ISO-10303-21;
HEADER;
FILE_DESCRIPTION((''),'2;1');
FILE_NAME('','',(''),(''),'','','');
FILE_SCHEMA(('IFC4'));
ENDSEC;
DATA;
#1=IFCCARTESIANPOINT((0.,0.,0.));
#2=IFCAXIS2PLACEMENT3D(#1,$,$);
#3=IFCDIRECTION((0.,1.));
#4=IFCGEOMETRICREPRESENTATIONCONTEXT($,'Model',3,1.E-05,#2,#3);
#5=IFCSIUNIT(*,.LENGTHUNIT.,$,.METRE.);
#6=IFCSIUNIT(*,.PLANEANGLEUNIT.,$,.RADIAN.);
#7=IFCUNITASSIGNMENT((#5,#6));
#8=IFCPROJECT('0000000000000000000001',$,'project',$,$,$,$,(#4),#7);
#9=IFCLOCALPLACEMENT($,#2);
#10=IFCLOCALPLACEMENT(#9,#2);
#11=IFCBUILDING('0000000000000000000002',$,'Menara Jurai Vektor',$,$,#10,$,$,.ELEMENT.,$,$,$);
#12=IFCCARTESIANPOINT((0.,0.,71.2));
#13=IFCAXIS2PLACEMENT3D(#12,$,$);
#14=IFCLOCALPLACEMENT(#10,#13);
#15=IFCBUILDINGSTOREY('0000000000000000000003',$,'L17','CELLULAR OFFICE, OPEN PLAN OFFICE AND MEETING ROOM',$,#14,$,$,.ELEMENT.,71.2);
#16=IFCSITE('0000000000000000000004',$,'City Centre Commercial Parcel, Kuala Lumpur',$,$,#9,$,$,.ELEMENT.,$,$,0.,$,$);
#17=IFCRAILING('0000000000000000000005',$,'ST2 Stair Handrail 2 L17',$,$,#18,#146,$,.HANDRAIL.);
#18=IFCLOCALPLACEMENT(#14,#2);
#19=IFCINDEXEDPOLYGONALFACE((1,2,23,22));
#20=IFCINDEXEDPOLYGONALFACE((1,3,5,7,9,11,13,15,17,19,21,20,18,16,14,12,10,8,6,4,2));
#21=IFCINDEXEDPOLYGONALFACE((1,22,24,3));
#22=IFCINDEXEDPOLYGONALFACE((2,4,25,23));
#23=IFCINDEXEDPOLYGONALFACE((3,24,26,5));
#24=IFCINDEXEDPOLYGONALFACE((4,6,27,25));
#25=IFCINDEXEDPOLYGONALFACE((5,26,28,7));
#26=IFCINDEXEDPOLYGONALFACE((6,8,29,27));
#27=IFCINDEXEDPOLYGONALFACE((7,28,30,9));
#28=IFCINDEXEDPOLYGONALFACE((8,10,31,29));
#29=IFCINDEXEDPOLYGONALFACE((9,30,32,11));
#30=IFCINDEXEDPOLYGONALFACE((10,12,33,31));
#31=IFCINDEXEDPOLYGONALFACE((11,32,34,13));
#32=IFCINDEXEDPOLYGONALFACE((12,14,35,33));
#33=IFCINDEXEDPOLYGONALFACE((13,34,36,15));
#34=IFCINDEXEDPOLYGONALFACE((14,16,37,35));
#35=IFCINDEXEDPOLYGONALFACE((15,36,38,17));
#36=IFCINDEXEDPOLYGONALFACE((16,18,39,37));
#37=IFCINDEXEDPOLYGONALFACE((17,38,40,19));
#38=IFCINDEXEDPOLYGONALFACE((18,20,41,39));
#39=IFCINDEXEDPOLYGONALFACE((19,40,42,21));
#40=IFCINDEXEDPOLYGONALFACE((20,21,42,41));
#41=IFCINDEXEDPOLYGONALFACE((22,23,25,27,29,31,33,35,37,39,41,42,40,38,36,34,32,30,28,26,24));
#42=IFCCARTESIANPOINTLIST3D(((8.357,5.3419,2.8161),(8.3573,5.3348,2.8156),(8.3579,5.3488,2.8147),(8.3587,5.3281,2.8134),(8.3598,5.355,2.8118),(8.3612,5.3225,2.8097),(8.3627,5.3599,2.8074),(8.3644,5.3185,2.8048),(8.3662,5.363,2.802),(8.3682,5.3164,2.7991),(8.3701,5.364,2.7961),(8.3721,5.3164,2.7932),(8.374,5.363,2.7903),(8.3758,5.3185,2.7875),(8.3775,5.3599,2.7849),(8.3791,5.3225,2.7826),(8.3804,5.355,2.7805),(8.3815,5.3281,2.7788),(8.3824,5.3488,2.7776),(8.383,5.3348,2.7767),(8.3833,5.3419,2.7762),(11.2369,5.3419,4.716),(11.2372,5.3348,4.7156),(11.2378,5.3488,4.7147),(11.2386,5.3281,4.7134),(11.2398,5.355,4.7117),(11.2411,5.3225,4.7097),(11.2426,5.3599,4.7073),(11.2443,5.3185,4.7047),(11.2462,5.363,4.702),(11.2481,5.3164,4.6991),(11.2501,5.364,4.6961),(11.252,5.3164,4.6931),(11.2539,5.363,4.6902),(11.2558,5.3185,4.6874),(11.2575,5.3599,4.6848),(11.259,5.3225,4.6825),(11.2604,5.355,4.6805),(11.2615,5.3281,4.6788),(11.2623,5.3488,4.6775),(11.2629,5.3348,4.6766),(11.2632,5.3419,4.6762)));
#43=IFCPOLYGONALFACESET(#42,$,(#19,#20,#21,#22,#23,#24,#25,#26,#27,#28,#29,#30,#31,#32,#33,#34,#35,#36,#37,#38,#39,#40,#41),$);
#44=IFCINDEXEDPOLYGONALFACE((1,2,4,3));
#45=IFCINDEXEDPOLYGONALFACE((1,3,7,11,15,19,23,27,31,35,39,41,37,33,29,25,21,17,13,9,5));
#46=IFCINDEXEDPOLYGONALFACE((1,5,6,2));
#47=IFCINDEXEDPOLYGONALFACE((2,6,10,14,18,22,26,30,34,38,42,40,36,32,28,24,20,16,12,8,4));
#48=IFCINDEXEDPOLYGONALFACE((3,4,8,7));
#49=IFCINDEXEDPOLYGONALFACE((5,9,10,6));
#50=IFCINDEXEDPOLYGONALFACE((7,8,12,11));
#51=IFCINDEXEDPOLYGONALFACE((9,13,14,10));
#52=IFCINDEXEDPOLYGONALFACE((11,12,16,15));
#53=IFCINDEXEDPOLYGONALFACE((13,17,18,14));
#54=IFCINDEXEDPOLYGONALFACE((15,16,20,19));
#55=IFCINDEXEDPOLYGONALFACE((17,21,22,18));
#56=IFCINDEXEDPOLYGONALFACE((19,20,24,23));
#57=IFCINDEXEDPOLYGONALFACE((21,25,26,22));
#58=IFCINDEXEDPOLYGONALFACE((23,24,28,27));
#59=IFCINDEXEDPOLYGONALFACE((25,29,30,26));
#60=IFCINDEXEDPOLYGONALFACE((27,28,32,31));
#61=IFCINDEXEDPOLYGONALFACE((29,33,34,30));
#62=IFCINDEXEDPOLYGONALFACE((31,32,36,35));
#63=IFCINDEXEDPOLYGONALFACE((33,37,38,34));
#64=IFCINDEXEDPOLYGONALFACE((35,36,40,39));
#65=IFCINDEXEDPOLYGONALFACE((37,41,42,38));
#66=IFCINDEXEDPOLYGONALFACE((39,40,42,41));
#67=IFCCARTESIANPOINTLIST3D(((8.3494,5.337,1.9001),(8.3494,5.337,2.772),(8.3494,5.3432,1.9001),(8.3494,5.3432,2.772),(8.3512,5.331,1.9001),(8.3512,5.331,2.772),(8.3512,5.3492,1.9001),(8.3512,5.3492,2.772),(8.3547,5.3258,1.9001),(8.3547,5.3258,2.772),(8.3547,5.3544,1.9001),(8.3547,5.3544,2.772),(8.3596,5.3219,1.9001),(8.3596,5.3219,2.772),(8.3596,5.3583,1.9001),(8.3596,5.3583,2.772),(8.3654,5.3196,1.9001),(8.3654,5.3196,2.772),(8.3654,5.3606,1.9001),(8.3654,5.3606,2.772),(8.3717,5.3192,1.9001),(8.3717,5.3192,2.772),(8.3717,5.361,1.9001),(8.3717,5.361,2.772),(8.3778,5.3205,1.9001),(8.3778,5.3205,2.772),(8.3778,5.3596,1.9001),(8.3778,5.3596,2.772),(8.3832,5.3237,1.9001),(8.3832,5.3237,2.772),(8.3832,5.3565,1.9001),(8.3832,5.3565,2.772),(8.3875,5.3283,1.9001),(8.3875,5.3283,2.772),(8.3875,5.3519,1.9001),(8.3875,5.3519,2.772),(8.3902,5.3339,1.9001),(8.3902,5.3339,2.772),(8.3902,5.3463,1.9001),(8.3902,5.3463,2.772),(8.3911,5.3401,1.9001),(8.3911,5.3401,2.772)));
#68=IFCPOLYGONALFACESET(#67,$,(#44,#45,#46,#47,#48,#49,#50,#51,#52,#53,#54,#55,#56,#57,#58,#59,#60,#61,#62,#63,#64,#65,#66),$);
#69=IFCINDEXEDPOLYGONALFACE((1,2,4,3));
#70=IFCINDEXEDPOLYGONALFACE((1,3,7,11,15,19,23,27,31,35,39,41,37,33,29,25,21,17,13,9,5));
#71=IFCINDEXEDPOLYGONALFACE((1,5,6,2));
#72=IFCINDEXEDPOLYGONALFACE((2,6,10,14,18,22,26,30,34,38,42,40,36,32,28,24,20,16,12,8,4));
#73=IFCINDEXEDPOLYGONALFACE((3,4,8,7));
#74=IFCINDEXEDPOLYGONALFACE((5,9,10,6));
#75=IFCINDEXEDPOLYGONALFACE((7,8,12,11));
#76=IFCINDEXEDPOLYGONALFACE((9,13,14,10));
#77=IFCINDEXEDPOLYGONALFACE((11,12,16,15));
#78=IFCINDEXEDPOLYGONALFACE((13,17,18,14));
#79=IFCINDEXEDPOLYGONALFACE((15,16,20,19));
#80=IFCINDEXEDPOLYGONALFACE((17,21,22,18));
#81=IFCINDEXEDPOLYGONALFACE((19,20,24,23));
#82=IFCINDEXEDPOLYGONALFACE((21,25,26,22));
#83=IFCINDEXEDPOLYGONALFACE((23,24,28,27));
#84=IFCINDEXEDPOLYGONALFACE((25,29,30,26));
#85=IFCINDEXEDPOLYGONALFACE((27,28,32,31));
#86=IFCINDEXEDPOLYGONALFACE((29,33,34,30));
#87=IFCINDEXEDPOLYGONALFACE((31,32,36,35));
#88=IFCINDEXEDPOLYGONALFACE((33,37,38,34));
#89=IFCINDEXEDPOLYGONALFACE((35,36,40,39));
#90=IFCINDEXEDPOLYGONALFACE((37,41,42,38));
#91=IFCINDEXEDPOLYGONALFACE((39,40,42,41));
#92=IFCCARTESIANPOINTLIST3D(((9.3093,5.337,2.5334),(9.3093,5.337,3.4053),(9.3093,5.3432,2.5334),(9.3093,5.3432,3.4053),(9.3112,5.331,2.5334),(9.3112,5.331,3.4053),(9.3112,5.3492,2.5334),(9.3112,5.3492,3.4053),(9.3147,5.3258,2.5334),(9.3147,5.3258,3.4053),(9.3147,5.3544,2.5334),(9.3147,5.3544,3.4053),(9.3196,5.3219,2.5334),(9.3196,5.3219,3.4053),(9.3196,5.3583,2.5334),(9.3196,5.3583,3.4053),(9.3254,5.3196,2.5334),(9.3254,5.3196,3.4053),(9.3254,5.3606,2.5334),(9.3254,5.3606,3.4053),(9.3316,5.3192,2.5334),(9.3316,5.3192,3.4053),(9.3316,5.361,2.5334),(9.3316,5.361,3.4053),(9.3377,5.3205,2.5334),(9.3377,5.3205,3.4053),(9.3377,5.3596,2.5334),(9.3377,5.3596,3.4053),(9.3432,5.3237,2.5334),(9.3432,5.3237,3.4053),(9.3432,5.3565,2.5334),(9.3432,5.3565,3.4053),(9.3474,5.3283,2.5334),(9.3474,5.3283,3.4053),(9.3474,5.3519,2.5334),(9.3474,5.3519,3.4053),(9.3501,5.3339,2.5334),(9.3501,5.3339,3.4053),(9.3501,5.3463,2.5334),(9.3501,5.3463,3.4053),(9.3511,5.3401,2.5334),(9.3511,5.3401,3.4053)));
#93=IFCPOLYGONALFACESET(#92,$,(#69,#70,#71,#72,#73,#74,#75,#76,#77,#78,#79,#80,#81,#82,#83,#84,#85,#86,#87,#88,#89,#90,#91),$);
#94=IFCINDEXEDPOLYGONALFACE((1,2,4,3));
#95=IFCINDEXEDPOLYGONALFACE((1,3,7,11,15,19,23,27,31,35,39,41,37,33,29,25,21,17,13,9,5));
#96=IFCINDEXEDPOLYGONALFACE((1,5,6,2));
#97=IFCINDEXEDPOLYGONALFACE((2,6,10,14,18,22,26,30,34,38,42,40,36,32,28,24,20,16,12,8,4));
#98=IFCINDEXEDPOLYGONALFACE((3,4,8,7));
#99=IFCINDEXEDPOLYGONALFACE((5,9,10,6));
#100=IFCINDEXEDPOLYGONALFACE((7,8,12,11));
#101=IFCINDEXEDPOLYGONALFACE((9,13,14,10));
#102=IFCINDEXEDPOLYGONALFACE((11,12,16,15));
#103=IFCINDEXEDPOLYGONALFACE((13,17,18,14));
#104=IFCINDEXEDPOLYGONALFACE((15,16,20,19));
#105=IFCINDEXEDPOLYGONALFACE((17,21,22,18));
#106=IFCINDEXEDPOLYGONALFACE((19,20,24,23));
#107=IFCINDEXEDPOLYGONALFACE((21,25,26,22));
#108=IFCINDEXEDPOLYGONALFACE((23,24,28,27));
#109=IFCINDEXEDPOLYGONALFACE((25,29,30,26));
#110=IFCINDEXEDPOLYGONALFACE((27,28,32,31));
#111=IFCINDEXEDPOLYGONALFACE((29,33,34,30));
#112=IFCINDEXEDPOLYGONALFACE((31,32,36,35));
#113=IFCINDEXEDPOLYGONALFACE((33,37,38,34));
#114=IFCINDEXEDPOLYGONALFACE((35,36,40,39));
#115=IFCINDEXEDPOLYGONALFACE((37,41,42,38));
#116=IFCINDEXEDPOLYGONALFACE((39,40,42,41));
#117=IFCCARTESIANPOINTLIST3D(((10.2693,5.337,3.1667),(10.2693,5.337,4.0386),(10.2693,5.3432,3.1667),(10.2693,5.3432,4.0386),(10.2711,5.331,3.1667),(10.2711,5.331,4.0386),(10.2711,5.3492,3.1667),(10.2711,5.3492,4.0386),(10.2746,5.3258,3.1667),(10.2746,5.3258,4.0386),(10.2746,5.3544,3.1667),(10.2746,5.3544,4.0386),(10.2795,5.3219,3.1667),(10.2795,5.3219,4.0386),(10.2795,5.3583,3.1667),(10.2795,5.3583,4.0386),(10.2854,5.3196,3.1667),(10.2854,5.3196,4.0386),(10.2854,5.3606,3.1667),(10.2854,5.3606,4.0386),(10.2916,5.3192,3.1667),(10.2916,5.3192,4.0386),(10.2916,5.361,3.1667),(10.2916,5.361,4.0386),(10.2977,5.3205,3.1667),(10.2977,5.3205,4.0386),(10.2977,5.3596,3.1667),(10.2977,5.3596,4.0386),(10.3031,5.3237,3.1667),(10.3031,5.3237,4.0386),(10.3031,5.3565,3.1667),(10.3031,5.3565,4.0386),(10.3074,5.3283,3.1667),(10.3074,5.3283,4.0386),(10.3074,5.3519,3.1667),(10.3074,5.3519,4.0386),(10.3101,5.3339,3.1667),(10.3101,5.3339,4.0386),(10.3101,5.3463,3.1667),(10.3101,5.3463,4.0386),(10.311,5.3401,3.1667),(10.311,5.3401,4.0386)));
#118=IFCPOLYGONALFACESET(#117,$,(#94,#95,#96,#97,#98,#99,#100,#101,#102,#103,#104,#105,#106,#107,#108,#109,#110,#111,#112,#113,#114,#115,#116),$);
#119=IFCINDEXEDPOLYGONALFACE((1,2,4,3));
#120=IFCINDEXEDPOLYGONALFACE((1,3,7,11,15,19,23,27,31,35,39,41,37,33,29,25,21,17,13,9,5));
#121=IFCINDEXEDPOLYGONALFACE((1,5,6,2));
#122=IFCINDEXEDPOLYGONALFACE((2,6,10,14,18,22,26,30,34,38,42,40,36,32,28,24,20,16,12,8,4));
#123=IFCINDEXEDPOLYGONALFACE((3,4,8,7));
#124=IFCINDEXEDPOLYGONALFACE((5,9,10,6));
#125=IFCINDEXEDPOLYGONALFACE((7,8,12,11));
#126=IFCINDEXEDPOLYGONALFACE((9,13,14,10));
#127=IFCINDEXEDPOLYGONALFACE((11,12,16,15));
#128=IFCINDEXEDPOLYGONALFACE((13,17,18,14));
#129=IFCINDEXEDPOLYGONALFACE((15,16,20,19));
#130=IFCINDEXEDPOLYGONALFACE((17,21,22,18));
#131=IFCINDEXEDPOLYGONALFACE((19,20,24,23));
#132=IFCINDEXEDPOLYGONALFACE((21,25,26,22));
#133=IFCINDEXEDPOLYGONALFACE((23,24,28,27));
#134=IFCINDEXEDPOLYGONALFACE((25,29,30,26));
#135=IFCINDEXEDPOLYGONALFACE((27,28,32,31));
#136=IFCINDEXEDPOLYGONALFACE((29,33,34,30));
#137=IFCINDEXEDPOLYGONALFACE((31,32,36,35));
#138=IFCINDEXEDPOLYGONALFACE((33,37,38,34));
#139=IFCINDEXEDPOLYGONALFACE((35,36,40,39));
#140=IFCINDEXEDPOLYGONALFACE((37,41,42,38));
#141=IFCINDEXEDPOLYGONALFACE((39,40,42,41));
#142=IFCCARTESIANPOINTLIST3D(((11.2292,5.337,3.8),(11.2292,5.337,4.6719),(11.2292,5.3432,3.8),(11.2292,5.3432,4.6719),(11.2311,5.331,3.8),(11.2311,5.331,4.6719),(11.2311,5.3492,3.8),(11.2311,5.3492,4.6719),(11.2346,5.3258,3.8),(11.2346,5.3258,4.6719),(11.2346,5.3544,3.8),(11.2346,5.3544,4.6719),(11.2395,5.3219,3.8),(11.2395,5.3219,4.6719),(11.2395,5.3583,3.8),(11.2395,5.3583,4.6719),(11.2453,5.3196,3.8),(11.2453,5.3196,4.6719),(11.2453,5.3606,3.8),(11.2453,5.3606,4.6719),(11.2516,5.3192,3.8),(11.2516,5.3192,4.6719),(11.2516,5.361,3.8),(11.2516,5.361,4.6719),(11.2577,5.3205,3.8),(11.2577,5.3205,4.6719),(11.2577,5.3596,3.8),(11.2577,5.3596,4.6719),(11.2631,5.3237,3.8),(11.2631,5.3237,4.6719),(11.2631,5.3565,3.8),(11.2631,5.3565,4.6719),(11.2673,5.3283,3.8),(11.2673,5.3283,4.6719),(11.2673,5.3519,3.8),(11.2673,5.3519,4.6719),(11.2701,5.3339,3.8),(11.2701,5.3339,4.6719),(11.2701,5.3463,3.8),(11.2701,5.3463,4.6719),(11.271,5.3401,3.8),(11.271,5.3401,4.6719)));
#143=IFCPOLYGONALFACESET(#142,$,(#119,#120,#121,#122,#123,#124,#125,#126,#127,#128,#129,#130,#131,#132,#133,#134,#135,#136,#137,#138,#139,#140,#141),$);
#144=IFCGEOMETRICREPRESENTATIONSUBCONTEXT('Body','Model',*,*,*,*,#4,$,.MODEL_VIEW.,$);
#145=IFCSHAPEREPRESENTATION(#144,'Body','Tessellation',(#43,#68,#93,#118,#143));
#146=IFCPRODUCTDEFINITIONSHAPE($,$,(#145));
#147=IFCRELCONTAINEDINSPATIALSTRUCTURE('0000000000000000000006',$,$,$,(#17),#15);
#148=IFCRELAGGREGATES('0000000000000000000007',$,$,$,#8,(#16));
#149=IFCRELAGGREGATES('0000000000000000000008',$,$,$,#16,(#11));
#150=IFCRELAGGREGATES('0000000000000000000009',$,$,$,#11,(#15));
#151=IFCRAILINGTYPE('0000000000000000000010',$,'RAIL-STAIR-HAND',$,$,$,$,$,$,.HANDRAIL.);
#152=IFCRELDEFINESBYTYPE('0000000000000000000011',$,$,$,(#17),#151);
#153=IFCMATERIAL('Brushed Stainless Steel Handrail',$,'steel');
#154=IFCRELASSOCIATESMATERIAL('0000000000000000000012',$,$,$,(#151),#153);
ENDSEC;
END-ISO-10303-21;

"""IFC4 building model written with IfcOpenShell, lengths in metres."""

from ifc_helpers import new_model, si_unit, direction, frame, origin, origin_2d, place, context, subcontext, project, spatial, circle, extrude, material, type_object, element, save


model = new_model("IFC4")

# Units and contexts
model_context = context("Model", 3, precision=1e-05, world=origin(), true_north=direction((0.0, 1.0)))
body_context = subcontext(model_context, "Body", "Model", "MODEL_VIEW")
ifc_project = project(units=[si_unit("LENGTHUNIT", "METRE"), si_unit("PLANEANGLEUNIT", "RADIAN")], contexts=[model_context])

# Site, building, storey
site_placement = place(None, origin())
site = spatial("IfcSite", under=ifc_project, at=site_placement, Name="City Centre Commercial Parcel, Kuala Lumpur", CompositionType="ELEMENT", RefElevation=0.0)
building_placement = place(site_placement, origin())
building = spatial("IfcBuilding", under=site, at=building_placement, Name="Menara Jurai Vektor", CompositionType="ELEMENT")
storey_placement = place(building_placement, frame((0.0, 0.0, 71.2)))
storey = spatial("IfcBuildingStorey", under=building, at=storey_placement, Name="L17", Description="CELLULAR OFFICE, OPEN PLAN OFFICE AND MEETING ROOM", CompositionType="ELEMENT", Elevation=71.2)

# Railing
ifc_material_1 = material(Name="Brushed Stainless Steel Handrail", Category="steel")
railing_type_1 = type_object("IfcRailingType", Name="RAIL-STAIR-HAND", PredefinedType="HANDRAIL", material=ifc_material_1)
railing_1_placement = place(storey_placement, frame((8.3701, 5.3401, 1.9001)))
element("IfcRailing", 1, at=railing_1_placement, inside=storey, type_object=railing_type_1, Name="ST2 Stair Handrail 2 L17", PredefinedType="HANDRAIL", context=body_context, shape_type="SweptSolid", body=[
    extrude(circle(Radius=0.0239, at=origin_2d()), frame((0.0, 0.0, 0.896), z_axis=(0.834719, 0.0, 0.550677), x_axis=(0.0, 1.0, 0.0)), (0.0, 0.0, 1.0), 3.4502),
    extrude(circle(Radius=0.021, at=origin_2d()), origin(), (0.0, 0.0, 1.0), 0.8718),
    extrude(circle(Radius=0.021, at=origin_2d()), frame((0.96, 0.0, 0.6333)), (0.0, 0.0, 1.0), 0.8718),
    extrude(circle(Radius=0.021, at=origin_2d()), frame((1.9199, 0.0, 1.2666)), (0.0, 0.0, 1.0), 0.8718),
    extrude(circle(Radius=0.021, at=origin_2d()), frame((2.8799, 0.0, 1.8999)), (0.0, 0.0, 1.0), 0.8718),
])

save(model, "model.ifc")
